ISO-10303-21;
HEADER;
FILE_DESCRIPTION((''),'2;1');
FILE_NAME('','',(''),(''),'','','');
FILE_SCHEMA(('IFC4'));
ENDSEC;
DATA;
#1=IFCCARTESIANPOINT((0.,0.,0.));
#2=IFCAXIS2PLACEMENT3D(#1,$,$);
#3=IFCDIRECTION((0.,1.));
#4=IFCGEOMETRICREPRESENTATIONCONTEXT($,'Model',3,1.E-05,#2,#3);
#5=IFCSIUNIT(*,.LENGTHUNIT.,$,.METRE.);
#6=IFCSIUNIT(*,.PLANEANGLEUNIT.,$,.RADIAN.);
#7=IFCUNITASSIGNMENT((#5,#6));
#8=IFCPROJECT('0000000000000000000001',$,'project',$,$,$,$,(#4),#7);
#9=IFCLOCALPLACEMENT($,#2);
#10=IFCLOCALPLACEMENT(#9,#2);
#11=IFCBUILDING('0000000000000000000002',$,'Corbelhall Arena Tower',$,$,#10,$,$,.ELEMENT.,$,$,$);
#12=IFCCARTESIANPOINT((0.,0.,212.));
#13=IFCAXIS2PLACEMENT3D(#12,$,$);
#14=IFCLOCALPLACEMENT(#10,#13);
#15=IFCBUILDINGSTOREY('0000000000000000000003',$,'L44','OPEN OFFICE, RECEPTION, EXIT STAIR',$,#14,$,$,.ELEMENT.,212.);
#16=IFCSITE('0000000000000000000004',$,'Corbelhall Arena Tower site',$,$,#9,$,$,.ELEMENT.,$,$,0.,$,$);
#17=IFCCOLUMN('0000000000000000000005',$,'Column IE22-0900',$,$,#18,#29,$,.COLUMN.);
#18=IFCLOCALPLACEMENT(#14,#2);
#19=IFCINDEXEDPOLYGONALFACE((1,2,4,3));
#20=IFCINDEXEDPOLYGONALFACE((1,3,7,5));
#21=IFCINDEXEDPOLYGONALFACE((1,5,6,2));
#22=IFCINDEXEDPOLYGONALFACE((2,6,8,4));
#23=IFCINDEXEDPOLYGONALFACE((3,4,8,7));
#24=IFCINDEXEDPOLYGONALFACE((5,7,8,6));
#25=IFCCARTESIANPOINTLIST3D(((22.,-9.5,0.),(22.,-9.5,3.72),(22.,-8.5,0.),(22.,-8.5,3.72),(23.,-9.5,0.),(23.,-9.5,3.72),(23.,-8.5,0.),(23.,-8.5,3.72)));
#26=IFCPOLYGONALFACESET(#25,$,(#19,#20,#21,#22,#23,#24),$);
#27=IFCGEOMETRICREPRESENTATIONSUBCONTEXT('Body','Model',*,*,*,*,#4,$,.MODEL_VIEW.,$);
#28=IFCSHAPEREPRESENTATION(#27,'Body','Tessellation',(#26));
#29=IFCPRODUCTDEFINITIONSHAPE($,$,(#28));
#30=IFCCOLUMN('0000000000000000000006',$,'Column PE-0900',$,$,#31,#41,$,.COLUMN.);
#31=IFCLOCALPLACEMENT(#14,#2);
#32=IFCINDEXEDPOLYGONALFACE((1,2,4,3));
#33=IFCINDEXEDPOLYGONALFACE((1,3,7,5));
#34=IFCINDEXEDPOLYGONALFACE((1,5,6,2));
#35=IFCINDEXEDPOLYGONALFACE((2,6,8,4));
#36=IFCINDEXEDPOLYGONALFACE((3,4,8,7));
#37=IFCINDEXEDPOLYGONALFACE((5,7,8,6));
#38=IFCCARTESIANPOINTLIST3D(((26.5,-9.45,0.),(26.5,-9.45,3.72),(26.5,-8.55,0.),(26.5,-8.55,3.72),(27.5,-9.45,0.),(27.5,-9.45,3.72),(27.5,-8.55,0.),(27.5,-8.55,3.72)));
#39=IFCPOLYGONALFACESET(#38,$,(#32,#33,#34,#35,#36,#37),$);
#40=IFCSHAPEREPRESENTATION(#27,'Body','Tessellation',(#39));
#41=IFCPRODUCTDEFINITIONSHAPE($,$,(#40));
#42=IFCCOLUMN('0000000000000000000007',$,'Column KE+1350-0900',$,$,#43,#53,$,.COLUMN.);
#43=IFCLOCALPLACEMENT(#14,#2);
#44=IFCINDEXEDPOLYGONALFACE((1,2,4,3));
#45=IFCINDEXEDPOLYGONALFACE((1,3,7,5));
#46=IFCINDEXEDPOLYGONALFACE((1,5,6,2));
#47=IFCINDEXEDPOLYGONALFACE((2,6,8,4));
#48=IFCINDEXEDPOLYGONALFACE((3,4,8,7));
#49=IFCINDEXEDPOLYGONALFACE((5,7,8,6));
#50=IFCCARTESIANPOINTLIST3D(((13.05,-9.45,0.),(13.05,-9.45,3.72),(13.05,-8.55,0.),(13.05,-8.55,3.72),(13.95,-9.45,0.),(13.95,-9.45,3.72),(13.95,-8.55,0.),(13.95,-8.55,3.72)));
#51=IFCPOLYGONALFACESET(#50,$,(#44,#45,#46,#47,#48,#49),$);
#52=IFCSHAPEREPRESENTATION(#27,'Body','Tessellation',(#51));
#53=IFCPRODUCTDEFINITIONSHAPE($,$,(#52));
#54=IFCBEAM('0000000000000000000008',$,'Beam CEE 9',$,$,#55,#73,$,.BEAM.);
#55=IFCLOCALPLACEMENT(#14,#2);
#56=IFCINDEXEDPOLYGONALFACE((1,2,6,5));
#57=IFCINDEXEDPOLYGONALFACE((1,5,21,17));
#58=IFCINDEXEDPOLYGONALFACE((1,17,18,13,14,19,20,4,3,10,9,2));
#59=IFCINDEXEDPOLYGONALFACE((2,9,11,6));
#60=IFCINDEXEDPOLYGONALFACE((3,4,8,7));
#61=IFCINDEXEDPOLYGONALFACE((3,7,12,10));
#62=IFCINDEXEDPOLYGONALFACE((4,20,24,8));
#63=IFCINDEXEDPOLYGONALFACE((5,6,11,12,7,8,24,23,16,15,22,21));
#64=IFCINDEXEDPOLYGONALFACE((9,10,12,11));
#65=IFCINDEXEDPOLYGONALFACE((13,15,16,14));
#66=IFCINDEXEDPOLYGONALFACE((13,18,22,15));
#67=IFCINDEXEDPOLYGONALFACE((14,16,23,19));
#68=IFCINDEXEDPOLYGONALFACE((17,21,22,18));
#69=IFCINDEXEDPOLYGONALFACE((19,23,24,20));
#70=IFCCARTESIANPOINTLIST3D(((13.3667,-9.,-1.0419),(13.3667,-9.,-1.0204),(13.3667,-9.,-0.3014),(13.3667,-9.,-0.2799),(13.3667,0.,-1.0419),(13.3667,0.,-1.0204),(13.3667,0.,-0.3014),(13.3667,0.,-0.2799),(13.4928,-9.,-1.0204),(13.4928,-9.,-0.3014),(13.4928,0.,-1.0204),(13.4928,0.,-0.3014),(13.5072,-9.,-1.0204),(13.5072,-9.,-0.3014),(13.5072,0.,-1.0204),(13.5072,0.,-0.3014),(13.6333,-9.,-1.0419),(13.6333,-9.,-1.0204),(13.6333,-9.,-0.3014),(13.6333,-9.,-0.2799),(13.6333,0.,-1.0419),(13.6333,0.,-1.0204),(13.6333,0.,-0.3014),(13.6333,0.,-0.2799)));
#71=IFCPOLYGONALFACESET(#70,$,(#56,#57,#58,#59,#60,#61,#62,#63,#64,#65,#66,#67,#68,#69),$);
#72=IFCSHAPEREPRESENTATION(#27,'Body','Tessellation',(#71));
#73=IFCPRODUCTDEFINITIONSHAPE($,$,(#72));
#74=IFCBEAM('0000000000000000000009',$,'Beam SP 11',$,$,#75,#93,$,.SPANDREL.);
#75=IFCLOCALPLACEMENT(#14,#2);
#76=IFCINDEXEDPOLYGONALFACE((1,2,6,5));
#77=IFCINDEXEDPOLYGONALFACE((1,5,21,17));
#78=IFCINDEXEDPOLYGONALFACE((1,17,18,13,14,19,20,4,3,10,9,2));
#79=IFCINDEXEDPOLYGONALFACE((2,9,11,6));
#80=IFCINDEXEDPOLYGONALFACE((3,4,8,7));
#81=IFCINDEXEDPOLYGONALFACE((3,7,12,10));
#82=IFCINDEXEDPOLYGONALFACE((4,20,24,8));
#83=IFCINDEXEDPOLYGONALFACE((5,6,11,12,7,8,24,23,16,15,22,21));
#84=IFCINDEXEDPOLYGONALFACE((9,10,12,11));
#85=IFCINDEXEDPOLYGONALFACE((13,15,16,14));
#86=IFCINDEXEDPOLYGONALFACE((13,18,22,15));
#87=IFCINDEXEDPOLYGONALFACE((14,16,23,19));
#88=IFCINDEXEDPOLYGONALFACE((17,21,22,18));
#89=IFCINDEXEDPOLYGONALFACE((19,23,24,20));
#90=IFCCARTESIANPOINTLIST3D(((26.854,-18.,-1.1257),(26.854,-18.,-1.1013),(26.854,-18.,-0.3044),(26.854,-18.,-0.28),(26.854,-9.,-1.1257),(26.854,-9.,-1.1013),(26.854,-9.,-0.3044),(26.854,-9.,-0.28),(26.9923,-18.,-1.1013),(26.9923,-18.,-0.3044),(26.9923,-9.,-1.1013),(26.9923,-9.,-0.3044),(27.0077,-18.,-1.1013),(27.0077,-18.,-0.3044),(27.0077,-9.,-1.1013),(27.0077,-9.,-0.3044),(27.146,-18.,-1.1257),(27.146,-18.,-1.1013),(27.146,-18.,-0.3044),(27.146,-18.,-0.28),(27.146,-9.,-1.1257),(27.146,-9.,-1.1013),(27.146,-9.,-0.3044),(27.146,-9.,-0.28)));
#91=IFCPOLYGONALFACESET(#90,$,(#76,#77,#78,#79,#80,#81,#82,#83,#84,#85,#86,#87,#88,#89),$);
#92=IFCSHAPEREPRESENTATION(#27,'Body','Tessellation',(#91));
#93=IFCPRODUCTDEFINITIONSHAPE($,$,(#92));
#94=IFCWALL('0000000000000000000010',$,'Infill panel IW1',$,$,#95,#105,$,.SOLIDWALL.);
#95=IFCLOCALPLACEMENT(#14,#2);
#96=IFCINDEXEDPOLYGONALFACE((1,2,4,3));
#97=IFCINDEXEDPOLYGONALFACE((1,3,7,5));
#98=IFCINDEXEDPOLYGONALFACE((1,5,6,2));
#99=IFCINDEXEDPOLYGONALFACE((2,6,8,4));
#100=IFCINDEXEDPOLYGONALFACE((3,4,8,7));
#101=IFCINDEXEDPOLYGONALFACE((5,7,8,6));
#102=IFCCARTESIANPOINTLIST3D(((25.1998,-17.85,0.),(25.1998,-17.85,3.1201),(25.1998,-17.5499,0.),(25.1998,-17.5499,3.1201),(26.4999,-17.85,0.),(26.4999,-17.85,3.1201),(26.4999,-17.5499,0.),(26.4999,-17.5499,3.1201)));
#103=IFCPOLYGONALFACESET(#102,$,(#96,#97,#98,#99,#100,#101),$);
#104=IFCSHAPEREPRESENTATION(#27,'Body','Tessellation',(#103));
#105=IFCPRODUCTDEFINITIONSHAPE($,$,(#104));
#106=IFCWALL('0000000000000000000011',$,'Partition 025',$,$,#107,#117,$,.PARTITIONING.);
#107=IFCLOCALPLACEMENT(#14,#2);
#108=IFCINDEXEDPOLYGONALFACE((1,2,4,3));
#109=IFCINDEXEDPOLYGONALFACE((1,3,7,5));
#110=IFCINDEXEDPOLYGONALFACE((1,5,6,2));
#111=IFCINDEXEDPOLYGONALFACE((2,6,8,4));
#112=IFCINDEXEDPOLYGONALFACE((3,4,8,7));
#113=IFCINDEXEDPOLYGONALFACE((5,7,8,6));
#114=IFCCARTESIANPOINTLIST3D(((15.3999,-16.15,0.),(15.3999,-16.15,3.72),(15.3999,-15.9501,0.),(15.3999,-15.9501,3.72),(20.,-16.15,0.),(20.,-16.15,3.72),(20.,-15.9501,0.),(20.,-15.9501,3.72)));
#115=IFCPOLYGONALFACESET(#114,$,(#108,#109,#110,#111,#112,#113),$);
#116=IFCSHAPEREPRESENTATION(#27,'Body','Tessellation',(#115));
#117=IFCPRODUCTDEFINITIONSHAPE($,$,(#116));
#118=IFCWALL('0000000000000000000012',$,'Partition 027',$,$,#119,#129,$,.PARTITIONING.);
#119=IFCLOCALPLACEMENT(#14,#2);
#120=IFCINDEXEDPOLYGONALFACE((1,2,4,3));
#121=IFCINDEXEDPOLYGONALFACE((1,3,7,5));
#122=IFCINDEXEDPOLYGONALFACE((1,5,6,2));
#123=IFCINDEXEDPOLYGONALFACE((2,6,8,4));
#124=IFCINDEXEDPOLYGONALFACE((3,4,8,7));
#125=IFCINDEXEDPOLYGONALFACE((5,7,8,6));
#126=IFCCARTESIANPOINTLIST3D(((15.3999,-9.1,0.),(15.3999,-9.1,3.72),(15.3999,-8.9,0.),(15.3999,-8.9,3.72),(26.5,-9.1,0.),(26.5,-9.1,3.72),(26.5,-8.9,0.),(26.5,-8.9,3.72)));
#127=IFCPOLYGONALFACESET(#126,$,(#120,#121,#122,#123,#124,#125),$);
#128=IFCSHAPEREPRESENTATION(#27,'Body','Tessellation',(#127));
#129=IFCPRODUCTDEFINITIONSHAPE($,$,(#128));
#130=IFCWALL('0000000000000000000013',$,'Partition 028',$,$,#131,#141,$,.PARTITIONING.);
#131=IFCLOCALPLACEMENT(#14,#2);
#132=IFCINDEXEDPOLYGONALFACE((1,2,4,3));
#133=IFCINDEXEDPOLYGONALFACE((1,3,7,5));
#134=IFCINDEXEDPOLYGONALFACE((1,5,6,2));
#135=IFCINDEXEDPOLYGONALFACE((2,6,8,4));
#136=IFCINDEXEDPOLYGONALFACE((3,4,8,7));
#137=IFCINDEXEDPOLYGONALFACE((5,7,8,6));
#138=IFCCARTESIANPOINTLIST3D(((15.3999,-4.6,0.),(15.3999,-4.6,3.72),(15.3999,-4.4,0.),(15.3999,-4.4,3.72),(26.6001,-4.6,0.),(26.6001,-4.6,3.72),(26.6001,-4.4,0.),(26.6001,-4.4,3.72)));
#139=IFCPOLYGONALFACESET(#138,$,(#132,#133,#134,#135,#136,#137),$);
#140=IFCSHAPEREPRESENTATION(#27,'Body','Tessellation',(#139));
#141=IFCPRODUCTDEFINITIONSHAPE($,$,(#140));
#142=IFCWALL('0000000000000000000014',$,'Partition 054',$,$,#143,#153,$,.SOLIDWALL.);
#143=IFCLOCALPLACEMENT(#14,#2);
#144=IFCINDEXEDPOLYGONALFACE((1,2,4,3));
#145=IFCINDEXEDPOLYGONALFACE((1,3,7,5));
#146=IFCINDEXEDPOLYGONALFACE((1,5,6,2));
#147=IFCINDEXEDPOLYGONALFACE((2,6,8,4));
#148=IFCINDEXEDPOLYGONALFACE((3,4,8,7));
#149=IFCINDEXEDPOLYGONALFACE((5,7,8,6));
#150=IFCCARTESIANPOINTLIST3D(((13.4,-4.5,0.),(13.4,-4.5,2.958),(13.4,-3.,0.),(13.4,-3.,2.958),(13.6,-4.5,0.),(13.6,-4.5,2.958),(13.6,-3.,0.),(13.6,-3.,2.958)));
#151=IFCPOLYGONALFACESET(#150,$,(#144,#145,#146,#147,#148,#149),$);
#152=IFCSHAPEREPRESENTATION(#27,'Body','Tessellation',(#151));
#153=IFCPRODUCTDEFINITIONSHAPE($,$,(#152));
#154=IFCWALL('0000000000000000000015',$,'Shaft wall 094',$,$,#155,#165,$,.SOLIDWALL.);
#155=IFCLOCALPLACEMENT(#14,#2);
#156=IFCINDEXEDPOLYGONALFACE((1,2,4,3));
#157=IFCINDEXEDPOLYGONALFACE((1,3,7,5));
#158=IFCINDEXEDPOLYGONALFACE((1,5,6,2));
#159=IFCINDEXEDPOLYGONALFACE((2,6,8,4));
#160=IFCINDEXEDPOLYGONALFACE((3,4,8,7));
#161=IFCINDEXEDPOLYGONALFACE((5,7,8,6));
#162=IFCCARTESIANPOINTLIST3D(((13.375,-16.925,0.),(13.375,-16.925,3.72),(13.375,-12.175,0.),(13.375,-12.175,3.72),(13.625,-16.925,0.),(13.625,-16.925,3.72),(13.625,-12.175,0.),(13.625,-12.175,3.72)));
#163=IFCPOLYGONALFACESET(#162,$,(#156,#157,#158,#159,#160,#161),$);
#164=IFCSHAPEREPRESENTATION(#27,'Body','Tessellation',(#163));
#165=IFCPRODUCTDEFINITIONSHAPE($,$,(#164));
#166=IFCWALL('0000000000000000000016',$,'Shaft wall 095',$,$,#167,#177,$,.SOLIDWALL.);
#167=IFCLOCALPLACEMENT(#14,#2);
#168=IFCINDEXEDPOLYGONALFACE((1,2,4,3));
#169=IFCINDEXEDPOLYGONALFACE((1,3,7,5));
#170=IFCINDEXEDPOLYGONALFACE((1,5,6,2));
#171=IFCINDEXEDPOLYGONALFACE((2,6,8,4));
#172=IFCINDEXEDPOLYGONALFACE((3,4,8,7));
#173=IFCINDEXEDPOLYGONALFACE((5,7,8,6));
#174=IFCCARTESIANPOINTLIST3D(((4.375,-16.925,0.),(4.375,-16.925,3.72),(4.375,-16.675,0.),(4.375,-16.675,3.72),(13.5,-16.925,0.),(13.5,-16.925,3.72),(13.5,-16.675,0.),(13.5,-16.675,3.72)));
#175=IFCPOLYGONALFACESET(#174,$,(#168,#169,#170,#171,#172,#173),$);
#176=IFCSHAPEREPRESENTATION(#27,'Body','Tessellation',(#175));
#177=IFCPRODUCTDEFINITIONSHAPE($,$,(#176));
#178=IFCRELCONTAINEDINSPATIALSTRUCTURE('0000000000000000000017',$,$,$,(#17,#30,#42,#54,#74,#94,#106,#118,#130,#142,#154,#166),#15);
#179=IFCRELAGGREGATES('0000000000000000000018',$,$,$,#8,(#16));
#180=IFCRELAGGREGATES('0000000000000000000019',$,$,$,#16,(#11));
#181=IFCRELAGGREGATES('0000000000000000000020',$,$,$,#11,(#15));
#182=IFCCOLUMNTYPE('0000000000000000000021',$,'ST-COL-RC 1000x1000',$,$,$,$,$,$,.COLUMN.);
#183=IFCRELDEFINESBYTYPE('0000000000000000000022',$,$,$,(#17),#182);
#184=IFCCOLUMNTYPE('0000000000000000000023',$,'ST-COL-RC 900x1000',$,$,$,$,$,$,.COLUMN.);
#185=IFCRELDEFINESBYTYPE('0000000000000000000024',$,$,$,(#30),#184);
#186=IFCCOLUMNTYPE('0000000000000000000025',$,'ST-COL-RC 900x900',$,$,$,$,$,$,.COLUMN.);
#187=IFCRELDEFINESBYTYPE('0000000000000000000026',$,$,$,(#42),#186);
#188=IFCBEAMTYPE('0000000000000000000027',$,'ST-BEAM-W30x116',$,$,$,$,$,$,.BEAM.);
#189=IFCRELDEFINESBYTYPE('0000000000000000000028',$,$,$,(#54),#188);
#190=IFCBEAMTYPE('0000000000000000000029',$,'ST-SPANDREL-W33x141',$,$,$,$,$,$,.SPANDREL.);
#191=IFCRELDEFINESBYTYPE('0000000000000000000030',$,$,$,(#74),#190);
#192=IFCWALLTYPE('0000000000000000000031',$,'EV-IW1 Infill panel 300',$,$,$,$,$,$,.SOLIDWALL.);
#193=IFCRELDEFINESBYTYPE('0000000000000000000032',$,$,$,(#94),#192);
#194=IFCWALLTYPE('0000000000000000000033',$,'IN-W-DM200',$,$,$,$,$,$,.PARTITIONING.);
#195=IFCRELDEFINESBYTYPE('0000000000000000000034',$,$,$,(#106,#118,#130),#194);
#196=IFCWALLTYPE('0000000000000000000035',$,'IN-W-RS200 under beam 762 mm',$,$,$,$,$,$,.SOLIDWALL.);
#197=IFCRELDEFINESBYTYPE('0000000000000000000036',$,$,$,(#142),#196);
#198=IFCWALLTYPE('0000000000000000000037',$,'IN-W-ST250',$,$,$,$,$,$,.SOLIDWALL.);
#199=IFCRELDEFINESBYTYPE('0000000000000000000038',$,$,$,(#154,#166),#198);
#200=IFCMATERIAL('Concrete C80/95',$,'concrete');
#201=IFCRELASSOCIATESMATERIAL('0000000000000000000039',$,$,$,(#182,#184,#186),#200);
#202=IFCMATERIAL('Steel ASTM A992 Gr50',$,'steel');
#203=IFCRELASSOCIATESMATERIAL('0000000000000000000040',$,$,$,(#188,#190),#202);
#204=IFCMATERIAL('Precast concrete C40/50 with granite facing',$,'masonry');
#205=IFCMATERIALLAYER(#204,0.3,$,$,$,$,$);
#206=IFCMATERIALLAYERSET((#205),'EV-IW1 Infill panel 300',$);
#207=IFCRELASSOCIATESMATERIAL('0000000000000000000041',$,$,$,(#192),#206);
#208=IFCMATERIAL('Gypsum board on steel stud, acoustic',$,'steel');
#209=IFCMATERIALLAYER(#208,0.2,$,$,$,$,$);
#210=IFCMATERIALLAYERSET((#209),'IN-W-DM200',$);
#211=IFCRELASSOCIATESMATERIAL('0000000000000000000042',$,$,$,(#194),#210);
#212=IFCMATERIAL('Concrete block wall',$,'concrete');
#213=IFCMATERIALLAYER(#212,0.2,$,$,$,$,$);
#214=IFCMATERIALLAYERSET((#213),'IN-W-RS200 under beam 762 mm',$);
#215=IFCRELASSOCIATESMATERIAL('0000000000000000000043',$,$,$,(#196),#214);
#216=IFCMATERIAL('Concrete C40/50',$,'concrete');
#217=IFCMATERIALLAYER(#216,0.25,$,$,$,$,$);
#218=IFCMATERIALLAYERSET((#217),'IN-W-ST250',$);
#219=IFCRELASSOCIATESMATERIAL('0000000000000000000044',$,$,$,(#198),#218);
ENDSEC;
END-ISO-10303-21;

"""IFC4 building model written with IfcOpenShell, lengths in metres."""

from ifc_helpers import new_model, si_unit, direction, frame, frame_2d, origin, origin_2d, place, context, subcontext, project, spatial, rectangle, i_section, extrude, material, layer, layer_set, material_profile, profile_set, type_object, element, save


model = new_model("IFC4")

# Units and contexts
model_context = context("Model", 3, precision=1e-05, world=origin(), true_north=direction((0.0, 1.0)))
body_context = subcontext(model_context, "Body", "Model", "MODEL_VIEW")
ifc_project = project(units=[si_unit("LENGTHUNIT", "METRE"), si_unit("PLANEANGLEUNIT", "RADIAN")], contexts=[model_context])

# Site, building, storey
site_placement = place(None, origin())
site = spatial("IfcSite", under=ifc_project, at=site_placement, Name="Corbelhall Arena Tower site", CompositionType="ELEMENT", RefElevation=0.0)
building_placement = place(site_placement, origin())
building = spatial("IfcBuilding", under=site, at=building_placement, Name="Corbelhall Arena Tower", CompositionType="ELEMENT")
storey_placement = place(building_placement, frame((0.0, 0.0, 212.0)))
storey = spatial("IfcBuildingStorey", under=building, at=storey_placement, Name="L44", Description="OPEN OFFICE, RECEPTION, EXIT STAIR", CompositionType="ELEMENT", Elevation=212.0)

# Columns
ifc_material_1 = material(Name="Concrete C80/95", Category="concrete")
ifc_material_profile_1 = material_profile(ifc_material_1, rectangle(XDim=1.0, YDim=1.0, at=origin_2d()))
ifc_profile_set_1 = profile_set([ifc_material_profile_1], Name="Concrete C80/95")
column_type_1 = type_object("IfcColumnType", Name="ST-COL-RC 1000x1000", PredefinedType="COLUMN", material=ifc_profile_set_1)
column_1_placement = place(storey_placement, frame((22.5, -9.0, 0.0), z_axis=(0.0, 0.0, 1.0), x_axis=(1.0, 0.0, 0.0)))
element("IfcColumn", 1, at=column_1_placement, inside=storey, type_object=column_type_1, Name="Column IE22-0900", PredefinedType="COLUMN", context=body_context, shape_type="SweptSolid", body=[
    extrude(rectangle(XDim=1.0, YDim=1.0, at=origin_2d()), origin(), (0.0, 0.0, 1.0), 3.72),
])
ifc_material_profile_2 = material_profile(ifc_material_1, rectangle(XDim=0.8999, YDim=1.0, at=origin_2d()))
ifc_profile_set_2 = profile_set([ifc_material_profile_2], Name="Concrete C80/95")
column_type_2 = type_object("IfcColumnType", Name="ST-COL-RC 900x1000", PredefinedType="COLUMN", material=ifc_profile_set_2)
column_2_placement = place(storey_placement, frame((27.0, -9.0, 0.0), z_axis=(0.0, 0.0, 1.0), x_axis=(0.0, 1.0, 0.0)))
element("IfcColumn", 2, at=column_2_placement, inside=storey, type_object=column_type_2, Name="Column PE-0900", PredefinedType="COLUMN", context=body_context, shape_type="SweptSolid", body=[
    extrude(rectangle(XDim=0.8999, YDim=1.0, at=origin_2d()), origin(), (0.0, 0.0, 1.0), 3.72),
])
ifc_material_profile_3 = material_profile(ifc_material_1, rectangle(XDim=0.8999, YDim=0.8999, at=origin_2d()))
ifc_profile_set_3 = profile_set([ifc_material_profile_3], Name="Concrete C80/95")
column_type_3 = type_object("IfcColumnType", Name="ST-COL-RC 900x900", PredefinedType="COLUMN", material=ifc_profile_set_3)
column_3_placement = place(storey_placement, frame((13.5, -9.0, 0.0), z_axis=(0.0, 0.0, 1.0), x_axis=(1.0, 0.0, 0.0)))
element("IfcColumn", 3, at=column_3_placement, inside=storey, type_object=column_type_3, Name="Column KE+1350-0900", PredefinedType="COLUMN", context=body_context, shape_type="SweptSolid", body=[
    extrude(rectangle(XDim=0.8999, YDim=0.8999, at=origin_2d()), origin(), (0.0, 0.0, 1.0), 3.72),
])

# Beams
ifc_material_2 = material(Name="Steel ASTM A992 Gr50", Category="steel")
ifc_material_profile_4 = material_profile(ifc_material_2, i_section(OverallWidth=0.2666, OverallDepth=0.762, WebThickness=0.0144, FlangeThickness=0.0215, at=origin_2d()))
ifc_profile_set_4 = profile_set([ifc_material_profile_4], Name="Steel ASTM A992 Gr50")
beam_type_1 = type_object("IfcBeamType", Name="ST-BEAM-W30x116", PredefinedType="BEAM", material=ifc_profile_set_4)
beam_1_placement = place(storey_placement, frame((13.5, -9.0, -0.6609), z_axis=(0.0, 1.0, 0.0), x_axis=(-1.0, 0.0, 0.0)))
element("IfcBeam", 4, at=beam_1_placement, inside=storey, type_object=beam_type_1, Name="Beam CEE 9", PredefinedType="BEAM", context=body_context, shape_type="SweptSolid", body=[
    extrude(i_section(OverallWidth=0.2666, OverallDepth=0.762, WebThickness=0.0144, FlangeThickness=0.0215, at=origin_2d()), origin(), (0.0, 0.0, 1.0), 9.0),
])
ifc_material_profile_5 = material_profile(ifc_material_2, i_section(OverallWidth=0.292, OverallDepth=0.8457, WebThickness=0.0154, FlangeThickness=0.0244, at=origin_2d()))
ifc_profile_set_5 = profile_set([ifc_material_profile_5], Name="Steel ASTM A992 Gr50")
beam_type_2 = type_object("IfcBeamType", Name="ST-SPANDREL-W33x141", PredefinedType="SPANDREL", material=ifc_profile_set_5)
beam_2_placement = place(storey_placement, frame((27.0, -9.0, -0.7029), z_axis=(0.0, -1.0, 0.0), x_axis=(1.0, 0.0, 0.0)))
element("IfcBeam", 5, at=beam_2_placement, inside=storey, type_object=beam_type_2, Name="Beam SP 11", PredefinedType="SPANDREL", context=body_context, shape_type="SweptSolid", body=[
    extrude(i_section(OverallWidth=0.292, OverallDepth=0.8457, WebThickness=0.0154, FlangeThickness=0.0244, at=origin_2d()), origin(), (0.0, 0.0, 1.0), 9.0),
])

# Wall
ifc_material_3 = material(Name="Precast concrete C40/50 with granite facing", Category="masonry")
ifc_layer_1 = layer(ifc_material_3, 0.3)
ifc_layer_set_1 = layer_set([ifc_layer_1], Name="EV-IW1 Infill panel 300")
wall_type_1 = type_object("IfcWallType", Name="EV-IW1 Infill panel 300", PredefinedType="SOLIDWALL", material=ifc_layer_set_1)
wall_1_placement = place(storey_placement, frame((25.2, -17.7, 0.0), z_axis=(0.0, 0.0, 1.0), x_axis=(1.0, 0.0, 0.0)))
element("IfcWall", 6, at=wall_1_placement, inside=storey, type_object=wall_type_1, Name="Infill panel IW1", PredefinedType="SOLIDWALL", context=body_context, shape_type="SweptSolid", body=[
    extrude(rectangle(XDim=1.3, YDim=0.3, at=frame_2d((0.6499, 0.0))), origin(), (0.0, 0.0, 1.0), 3.1201),
])

# Walls
ifc_material_4 = material(Name="Gypsum board on steel stud, acoustic", Category="steel")
ifc_layer_2 = layer(ifc_material_4, 0.2)
ifc_layer_set_2 = layer_set([ifc_layer_2], Name="IN-W-DM200")
wall_type_2 = type_object("IfcWallType", Name="IN-W-DM200", PredefinedType="PARTITIONING", material=ifc_layer_set_2)
wall_2_placement = place(storey_placement, frame((15.3999, -16.05, 0.0), z_axis=(0.0, 0.0, 1.0), x_axis=(1.0, 0.0, 0.0)))
element("IfcWall", 7, at=wall_2_placement, inside=storey, type_object=wall_type_2, Name="Partition 025", PredefinedType="PARTITIONING", context=body_context, shape_type="SweptSolid", body=[
    extrude(rectangle(XDim=4.6001, YDim=0.2, at=frame_2d((2.3, 0.0))), origin(), (0.0, 0.0, 1.0), 3.72),
])
wall_3_placement = place(storey_placement, frame((15.3999, -9.0, 0.0), z_axis=(0.0, 0.0, 1.0), x_axis=(1.0, 0.0, 0.0)))
element("IfcWall", 8, at=wall_3_placement, inside=storey, type_object=wall_type_2, Name="Partition 027", PredefinedType="PARTITIONING", context=body_context, shape_type="SweptSolid", body=[
    extrude(rectangle(XDim=11.1001, YDim=0.2, at=frame_2d((5.55, 0.0))), origin(), (0.0, 0.0, 1.0), 3.72),
])
wall_4_placement = place(storey_placement, frame((15.3999, -4.5, 0.0), z_axis=(0.0, 0.0, 1.0), x_axis=(1.0, 0.0, 0.0)))
element("IfcWall", 9, at=wall_4_placement, inside=storey, type_object=wall_type_2, Name="Partition 028", PredefinedType="PARTITIONING", context=body_context, shape_type="SweptSolid", body=[
    extrude(rectangle(XDim=11.2002, YDim=0.2, at=frame_2d((5.6001, 0.0))), origin(), (0.0, 0.0, 1.0), 3.72),
])

# Shared definitions
ifc_material_5 = material(Name="Concrete block wall", Category="concrete")

# Walls
ifc_layer_3 = layer(ifc_material_5, 0.2)
ifc_layer_set_3 = layer_set([ifc_layer_3], Name="IN-W-RS200 under beam 762 mm")
wall_type_3 = type_object("IfcWallType", Name="IN-W-RS200 under beam 762 mm", PredefinedType="SOLIDWALL", material=ifc_layer_set_3)
wall_5_placement = place(storey_placement, frame((13.5, -3.0, 0.0), z_axis=(0.0, 0.0, 1.0), x_axis=(0.0, -1.0, 0.0)))
element("IfcWall", 10, at=wall_5_placement, inside=storey, type_object=wall_type_3, Name="Partition 054", PredefinedType="SOLIDWALL", context=body_context, shape_type="SweptSolid", body=[
    extrude(rectangle(XDim=1.5, YDim=0.2, at=frame_2d((0.75, 0.0))), origin(), (0.0, 0.0, 1.0), 2.958),
])
ifc_material_6 = material(Name="Concrete C40/50", Category="concrete")
ifc_layer_4 = layer(ifc_material_6, 0.25)
ifc_layer_set_4 = layer_set([ifc_layer_4], Name="IN-W-ST250")
wall_type_4 = type_object("IfcWallType", Name="IN-W-ST250", PredefinedType="SOLIDWALL", material=ifc_layer_set_4)
wall_6_placement = place(storey_placement, frame((13.5, -16.925, 0.0), z_axis=(0.0, 0.0, 1.0), x_axis=(0.0, 1.0, 0.0)))
element("IfcWall", 11, at=wall_6_placement, inside=storey, type_object=wall_type_4, Name="Shaft wall 094", PredefinedType="SOLIDWALL", context=body_context, shape_type="SweptSolid", body=[
    extrude(rectangle(XDim=4.75, YDim=0.25, at=frame_2d((2.375, 0.0))), origin(), (0.0, 0.0, 1.0), 3.72),
])
wall_7_placement = place(storey_placement, frame((13.5, -16.8, 0.0), z_axis=(0.0, 0.0, 1.0), x_axis=(-1.0, 0.0, 0.0)))
element("IfcWall", 12, at=wall_7_placement, inside=storey, type_object=wall_type_4, Name="Shaft wall 095", PredefinedType="SOLIDWALL", context=body_context, shape_type="SweptSolid", body=[
    extrude(rectangle(XDim=9.125, YDim=0.25, at=frame_2d((4.5625, 0.0))), origin(), (0.0, 0.0, 1.0), 3.72),
])

save(model, "model.ifc")
